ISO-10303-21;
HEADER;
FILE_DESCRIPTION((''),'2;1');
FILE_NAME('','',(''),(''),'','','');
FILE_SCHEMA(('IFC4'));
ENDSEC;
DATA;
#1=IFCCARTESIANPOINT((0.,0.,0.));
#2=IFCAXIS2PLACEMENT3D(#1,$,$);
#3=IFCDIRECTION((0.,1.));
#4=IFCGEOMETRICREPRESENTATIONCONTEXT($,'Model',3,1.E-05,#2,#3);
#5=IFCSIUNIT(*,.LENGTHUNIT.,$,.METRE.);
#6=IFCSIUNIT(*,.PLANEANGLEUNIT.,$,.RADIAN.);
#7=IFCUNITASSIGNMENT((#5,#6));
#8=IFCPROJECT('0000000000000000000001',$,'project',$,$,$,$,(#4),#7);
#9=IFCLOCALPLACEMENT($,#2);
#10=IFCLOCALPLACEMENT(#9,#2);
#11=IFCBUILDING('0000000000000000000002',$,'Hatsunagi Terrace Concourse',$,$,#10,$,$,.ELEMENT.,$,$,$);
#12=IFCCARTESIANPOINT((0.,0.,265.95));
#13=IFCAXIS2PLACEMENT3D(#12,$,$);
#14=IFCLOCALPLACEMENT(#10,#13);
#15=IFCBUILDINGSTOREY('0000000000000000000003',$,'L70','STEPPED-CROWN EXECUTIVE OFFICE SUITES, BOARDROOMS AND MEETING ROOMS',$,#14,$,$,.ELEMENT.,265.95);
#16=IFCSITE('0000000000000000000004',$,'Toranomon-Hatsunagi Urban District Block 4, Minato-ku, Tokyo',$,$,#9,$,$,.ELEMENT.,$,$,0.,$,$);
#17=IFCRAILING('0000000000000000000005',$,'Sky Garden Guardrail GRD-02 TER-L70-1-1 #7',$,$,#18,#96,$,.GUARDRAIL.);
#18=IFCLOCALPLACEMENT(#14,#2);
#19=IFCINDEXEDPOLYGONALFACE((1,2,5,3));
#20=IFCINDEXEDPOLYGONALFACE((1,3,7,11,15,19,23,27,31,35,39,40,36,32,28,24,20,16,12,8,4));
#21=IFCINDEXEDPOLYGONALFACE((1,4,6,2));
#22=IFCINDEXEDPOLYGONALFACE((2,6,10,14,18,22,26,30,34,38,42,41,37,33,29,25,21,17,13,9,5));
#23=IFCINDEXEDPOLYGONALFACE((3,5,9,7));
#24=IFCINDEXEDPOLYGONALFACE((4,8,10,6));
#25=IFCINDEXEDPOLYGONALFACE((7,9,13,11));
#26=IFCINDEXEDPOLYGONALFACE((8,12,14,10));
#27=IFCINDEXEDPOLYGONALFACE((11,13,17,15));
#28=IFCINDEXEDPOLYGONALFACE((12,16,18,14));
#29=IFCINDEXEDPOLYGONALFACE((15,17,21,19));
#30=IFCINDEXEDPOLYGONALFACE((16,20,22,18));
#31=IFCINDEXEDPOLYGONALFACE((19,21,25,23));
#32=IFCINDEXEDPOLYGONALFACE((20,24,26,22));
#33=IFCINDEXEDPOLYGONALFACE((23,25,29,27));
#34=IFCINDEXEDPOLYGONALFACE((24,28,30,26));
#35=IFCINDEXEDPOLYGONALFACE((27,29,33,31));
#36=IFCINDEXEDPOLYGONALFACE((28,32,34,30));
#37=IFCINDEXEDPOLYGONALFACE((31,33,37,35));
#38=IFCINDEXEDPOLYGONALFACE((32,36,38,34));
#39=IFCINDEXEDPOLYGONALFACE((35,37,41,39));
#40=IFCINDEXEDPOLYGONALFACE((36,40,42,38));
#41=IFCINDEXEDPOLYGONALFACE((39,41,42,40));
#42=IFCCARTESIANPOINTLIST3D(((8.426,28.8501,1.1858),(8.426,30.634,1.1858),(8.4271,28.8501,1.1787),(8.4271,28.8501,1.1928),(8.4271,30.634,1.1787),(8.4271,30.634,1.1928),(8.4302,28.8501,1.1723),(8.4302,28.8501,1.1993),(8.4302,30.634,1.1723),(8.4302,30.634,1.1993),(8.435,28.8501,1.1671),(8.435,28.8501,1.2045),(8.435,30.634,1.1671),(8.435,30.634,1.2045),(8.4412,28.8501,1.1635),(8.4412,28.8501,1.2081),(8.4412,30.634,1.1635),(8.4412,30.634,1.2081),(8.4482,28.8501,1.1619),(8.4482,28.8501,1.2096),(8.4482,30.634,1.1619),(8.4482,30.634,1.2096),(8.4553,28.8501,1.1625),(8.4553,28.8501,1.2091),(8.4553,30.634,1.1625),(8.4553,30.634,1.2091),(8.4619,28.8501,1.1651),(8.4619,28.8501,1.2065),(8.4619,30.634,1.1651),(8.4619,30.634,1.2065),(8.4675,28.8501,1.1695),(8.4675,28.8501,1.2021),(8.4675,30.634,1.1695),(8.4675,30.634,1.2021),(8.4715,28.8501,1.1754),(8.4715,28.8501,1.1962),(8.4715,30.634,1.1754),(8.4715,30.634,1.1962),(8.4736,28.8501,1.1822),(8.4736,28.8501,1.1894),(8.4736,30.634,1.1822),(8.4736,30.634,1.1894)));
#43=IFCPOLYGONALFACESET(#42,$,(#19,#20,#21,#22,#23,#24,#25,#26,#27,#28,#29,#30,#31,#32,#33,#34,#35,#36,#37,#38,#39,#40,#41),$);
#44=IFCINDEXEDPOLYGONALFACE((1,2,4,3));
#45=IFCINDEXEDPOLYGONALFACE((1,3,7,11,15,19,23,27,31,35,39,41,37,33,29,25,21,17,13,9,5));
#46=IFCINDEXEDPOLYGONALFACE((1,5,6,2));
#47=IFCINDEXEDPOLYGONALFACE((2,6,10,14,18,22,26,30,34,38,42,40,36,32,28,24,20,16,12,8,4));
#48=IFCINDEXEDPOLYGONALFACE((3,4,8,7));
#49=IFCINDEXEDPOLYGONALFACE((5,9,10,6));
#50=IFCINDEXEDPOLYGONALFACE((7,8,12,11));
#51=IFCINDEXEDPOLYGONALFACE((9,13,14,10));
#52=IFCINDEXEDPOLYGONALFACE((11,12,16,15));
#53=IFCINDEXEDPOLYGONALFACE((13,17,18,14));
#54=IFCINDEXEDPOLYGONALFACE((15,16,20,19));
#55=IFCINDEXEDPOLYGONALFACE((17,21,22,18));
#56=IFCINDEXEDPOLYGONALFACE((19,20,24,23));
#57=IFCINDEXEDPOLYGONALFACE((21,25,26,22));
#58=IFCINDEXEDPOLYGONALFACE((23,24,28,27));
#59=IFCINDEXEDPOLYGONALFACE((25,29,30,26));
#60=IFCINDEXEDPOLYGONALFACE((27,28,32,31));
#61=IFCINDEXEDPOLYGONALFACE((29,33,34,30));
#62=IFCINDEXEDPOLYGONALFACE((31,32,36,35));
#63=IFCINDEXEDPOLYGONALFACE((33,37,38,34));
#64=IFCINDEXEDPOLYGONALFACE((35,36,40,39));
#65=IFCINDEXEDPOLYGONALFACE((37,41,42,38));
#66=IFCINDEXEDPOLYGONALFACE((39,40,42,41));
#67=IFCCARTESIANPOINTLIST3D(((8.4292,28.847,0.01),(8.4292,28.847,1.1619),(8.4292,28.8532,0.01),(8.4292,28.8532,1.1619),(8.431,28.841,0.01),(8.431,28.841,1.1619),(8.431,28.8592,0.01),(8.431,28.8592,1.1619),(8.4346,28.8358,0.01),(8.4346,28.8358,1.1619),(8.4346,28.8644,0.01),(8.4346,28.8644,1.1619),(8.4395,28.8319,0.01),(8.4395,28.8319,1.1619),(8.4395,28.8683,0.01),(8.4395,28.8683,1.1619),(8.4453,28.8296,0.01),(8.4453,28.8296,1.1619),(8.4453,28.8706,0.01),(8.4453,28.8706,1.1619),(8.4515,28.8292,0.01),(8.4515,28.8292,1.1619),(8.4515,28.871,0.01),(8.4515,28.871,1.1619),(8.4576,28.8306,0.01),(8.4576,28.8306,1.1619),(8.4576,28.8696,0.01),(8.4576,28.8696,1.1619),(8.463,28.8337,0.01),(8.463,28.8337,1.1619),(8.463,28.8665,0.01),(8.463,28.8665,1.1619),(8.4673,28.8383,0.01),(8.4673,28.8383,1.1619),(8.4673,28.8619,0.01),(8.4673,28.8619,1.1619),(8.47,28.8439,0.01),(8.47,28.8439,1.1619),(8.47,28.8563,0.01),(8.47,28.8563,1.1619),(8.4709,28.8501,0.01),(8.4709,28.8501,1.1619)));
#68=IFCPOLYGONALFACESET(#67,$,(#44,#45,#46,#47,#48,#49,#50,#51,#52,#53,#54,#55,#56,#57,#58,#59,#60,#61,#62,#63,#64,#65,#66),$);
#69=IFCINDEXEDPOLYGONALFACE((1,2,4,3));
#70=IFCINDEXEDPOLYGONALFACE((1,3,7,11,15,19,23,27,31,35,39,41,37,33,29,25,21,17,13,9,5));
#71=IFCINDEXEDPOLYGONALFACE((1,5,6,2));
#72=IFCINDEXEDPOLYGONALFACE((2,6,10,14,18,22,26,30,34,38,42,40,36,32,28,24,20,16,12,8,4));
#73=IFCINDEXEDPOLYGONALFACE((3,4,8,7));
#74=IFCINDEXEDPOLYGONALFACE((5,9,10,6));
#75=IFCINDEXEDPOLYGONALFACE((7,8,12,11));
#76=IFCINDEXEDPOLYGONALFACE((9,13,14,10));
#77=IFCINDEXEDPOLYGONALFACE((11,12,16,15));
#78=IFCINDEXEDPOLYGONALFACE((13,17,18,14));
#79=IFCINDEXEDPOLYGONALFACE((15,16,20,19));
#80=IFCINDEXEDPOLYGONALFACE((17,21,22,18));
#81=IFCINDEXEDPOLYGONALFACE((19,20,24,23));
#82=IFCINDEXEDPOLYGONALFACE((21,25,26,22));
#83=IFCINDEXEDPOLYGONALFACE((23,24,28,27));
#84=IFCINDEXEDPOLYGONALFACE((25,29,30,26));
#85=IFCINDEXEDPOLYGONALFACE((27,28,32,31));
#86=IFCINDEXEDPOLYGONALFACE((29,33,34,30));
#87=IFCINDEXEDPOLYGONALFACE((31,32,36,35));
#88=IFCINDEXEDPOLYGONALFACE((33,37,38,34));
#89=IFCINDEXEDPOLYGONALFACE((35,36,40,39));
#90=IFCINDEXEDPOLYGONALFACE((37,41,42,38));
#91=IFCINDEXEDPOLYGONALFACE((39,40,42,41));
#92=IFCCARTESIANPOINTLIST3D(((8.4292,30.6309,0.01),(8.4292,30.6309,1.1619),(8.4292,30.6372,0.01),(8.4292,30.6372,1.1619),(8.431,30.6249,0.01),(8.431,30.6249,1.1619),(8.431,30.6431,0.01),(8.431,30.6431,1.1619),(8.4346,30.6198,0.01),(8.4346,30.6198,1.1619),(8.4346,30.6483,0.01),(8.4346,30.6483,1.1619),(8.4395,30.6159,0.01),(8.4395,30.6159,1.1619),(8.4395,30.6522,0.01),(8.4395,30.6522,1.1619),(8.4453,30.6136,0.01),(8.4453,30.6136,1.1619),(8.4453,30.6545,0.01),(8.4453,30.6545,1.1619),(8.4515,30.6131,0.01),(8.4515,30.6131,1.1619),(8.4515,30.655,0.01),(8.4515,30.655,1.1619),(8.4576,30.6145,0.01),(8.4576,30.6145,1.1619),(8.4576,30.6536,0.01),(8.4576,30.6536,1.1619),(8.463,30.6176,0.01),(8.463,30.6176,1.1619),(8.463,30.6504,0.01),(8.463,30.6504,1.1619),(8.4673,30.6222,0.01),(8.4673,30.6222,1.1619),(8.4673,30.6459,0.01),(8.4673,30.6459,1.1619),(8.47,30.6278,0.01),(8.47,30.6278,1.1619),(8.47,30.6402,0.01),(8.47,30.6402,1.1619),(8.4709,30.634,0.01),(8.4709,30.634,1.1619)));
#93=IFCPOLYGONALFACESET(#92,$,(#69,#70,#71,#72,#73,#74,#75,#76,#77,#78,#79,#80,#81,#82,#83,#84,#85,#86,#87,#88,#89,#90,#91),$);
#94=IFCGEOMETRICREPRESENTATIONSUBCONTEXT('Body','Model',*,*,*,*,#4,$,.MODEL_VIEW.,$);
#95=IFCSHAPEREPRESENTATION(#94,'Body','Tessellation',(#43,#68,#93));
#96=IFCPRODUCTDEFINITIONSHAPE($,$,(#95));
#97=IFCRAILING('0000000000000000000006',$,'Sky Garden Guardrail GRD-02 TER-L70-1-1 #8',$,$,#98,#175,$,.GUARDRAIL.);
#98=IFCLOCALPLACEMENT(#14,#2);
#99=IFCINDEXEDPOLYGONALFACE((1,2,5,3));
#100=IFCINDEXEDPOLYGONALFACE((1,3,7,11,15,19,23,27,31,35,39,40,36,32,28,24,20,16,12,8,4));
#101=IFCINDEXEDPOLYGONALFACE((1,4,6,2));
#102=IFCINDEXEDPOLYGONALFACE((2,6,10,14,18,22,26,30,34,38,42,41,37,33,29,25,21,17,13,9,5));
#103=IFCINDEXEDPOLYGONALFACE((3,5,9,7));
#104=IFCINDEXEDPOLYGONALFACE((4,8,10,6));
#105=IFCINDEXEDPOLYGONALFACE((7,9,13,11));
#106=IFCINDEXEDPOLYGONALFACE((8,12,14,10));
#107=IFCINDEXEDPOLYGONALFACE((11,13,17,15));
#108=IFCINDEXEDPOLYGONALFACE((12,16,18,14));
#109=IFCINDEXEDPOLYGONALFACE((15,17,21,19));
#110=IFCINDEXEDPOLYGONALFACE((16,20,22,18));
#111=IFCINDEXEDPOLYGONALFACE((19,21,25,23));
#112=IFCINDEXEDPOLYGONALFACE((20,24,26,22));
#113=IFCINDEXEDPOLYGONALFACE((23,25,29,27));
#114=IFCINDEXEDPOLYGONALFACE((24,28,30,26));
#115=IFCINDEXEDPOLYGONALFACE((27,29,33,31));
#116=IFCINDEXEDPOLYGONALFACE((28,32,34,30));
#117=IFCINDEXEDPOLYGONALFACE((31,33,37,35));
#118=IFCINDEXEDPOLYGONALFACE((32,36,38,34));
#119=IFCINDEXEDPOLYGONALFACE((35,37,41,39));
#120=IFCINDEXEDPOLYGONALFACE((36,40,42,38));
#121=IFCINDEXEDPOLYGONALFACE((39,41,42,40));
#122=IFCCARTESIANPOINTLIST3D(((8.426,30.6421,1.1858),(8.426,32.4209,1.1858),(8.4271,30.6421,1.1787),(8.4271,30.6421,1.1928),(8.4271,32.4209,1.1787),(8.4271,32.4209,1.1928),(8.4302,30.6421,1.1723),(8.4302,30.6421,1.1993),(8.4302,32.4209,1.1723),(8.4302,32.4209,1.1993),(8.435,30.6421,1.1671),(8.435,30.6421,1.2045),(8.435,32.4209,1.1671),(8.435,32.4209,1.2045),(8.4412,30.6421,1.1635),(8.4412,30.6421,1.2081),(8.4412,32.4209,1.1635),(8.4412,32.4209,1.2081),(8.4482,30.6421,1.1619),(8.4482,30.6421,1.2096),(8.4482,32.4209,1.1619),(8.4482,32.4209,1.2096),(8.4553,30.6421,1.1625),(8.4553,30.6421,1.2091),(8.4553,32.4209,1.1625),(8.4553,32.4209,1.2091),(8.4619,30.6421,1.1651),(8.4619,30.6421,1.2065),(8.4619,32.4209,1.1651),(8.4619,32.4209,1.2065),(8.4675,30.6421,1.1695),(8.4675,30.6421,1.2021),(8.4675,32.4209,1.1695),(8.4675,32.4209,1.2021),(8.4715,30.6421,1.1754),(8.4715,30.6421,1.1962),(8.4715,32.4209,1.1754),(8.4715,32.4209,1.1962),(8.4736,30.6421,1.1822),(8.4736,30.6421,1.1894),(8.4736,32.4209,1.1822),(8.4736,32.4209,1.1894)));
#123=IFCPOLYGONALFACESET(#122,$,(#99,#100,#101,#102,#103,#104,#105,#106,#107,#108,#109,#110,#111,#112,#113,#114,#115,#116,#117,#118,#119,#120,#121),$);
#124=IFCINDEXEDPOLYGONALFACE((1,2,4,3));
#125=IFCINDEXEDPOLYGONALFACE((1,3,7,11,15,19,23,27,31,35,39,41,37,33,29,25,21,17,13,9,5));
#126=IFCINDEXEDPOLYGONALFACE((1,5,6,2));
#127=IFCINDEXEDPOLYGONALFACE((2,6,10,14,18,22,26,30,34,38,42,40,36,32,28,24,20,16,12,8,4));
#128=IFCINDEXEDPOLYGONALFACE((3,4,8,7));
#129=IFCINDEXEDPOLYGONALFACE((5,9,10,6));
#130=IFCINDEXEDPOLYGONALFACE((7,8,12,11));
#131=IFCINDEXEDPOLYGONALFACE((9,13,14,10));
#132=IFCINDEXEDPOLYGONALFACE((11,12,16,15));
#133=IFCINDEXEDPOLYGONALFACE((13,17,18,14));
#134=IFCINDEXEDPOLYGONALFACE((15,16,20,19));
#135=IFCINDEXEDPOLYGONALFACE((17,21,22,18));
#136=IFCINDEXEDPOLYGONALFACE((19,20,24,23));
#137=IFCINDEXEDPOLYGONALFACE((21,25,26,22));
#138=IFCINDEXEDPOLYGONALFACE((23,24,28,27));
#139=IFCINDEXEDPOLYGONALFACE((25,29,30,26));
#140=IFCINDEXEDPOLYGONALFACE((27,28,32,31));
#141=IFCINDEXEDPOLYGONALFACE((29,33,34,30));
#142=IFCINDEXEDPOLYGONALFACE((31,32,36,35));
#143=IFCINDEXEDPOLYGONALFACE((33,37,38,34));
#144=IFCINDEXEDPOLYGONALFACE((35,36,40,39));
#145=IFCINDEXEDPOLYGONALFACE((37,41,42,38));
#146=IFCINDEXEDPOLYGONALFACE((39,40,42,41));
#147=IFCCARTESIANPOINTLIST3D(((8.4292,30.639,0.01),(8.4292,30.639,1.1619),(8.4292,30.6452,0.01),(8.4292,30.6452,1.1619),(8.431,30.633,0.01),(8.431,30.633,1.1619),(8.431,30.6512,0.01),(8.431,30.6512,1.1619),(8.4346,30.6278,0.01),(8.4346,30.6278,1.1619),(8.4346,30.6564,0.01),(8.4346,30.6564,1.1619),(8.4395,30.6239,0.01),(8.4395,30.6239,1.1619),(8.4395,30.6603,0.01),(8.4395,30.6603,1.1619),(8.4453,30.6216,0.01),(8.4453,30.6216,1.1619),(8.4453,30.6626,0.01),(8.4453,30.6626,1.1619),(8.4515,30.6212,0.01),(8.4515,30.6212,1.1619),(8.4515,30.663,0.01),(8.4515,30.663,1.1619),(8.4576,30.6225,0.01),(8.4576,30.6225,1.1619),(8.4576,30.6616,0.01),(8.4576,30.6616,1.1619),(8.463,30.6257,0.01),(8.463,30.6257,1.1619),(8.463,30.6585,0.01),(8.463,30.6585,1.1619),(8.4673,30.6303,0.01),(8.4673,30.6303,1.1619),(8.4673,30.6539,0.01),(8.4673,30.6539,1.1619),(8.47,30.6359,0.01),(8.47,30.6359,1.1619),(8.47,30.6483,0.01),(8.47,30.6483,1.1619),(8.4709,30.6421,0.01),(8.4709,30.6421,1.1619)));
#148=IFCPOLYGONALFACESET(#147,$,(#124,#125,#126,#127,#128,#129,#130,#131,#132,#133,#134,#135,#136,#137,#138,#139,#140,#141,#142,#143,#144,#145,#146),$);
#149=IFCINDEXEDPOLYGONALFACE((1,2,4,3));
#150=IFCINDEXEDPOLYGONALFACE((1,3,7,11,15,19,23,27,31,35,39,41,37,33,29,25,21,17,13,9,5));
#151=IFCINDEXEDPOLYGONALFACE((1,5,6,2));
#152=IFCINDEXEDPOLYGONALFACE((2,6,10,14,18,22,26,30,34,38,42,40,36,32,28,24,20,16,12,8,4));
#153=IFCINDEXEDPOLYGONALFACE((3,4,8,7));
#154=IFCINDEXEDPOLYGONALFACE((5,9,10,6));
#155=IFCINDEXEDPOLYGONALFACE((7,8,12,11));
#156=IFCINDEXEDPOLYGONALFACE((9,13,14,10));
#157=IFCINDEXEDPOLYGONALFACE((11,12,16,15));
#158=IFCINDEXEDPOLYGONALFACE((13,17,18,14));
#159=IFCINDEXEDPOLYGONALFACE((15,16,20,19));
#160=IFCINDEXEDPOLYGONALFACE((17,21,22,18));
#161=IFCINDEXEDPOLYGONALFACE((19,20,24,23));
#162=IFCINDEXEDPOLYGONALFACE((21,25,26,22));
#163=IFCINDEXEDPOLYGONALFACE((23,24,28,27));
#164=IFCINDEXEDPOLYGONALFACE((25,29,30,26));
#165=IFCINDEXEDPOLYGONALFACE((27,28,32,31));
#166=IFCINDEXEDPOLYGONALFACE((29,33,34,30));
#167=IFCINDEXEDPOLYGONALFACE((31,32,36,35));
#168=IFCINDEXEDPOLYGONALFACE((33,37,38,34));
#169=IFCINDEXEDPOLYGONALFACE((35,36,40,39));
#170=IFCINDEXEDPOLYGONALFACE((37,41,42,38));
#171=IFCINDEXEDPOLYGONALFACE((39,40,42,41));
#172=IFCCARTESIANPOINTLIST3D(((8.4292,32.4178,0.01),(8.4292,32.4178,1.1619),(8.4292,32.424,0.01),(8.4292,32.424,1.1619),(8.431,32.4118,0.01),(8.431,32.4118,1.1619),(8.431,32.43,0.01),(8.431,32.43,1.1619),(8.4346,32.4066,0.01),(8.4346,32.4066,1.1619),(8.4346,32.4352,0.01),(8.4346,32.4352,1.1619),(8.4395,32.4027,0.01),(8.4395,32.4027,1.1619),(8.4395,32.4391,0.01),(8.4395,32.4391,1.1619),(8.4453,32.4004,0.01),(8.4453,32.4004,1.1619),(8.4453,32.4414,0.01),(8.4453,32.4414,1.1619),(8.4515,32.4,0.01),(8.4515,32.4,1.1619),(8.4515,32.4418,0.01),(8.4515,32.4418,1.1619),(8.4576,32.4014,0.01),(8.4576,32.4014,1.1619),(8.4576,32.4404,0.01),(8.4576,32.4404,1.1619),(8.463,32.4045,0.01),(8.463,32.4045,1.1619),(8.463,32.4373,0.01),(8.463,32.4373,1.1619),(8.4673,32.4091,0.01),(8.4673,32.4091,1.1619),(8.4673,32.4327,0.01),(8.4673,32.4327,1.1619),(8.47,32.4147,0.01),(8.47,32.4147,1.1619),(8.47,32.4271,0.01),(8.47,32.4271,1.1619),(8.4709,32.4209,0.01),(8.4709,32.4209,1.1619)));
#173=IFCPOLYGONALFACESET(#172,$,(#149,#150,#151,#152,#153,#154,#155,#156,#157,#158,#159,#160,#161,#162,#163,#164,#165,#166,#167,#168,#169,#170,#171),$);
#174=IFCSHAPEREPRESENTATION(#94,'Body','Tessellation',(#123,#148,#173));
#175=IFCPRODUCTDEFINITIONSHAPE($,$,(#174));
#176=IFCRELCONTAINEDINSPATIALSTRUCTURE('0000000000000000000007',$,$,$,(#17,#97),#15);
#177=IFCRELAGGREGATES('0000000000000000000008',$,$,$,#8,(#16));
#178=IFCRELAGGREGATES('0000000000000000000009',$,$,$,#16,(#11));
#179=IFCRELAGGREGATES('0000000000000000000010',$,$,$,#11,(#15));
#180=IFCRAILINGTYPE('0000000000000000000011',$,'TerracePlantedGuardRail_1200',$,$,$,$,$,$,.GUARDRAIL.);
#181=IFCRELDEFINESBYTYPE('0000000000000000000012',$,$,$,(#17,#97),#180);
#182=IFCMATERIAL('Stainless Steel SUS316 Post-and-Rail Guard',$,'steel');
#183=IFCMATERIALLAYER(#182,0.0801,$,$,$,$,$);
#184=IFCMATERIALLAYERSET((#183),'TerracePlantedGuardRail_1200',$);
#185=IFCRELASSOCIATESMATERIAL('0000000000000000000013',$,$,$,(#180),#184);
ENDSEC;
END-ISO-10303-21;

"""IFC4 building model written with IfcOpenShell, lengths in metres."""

from ifc_helpers import new_model, si_unit, direction, frame, origin, origin_2d, place, context, subcontext, project, spatial, circle, extrude, material, layer, layer_set, type_object, element, save


model = new_model("IFC4")

# Units and contexts
model_context = context("Model", 3, precision=1e-05, world=origin(), true_north=direction((0.0, 1.0)))
body_context = subcontext(model_context, "Body", "Model", "MODEL_VIEW")
ifc_project = project(units=[si_unit("LENGTHUNIT", "METRE"), si_unit("PLANEANGLEUNIT", "RADIAN")], contexts=[model_context])

# Site, building, storey
site_placement = place(None, origin())
site = spatial("IfcSite", under=ifc_project, at=site_placement, Name="Toranomon-Hatsunagi Urban District Block 4, Minato-ku, Tokyo", CompositionType="ELEMENT", RefElevation=0.0)
building_placement = place(site_placement, origin())
building = spatial("IfcBuilding", under=site, at=building_placement, Name="Hatsunagi Terrace Concourse", CompositionType="ELEMENT")
storey_placement = place(building_placement, frame((0.0, 0.0, 265.95)))
storey = spatial("IfcBuildingStorey", under=building, at=storey_placement, Name="L70", Description="STEPPED-CROWN EXECUTIVE OFFICE SUITES, BOARDROOMS AND MEETING ROOMS", CompositionType="ELEMENT", Elevation=265.95)

# Railings
ifc_material_1 = material(Name="Stainless Steel SUS316 Post-and-Rail Guard", Category="steel")
ifc_layer_1 = layer(ifc_material_1, 0.0801)
ifc_layer_set_1 = layer_set([ifc_layer_1], Name="TerracePlantedGuardRail_1200")
railing_type = type_object("IfcRailingType", Name="TerracePlantedGuardRail_1200", PredefinedType="GUARDRAIL", material=ifc_layer_set_1)
railing_1_placement = place(storey_placement, frame((8.45, 28.8501, 0.01)))
element("IfcRailing", 1, at=railing_1_placement, inside=storey, type_object=railing_type, Name="Sky Garden Guardrail GRD-02 TER-L70-1-1 #7", PredefinedType="GUARDRAIL", context=body_context, shape_type="SweptSolid", body=[
    extrude(circle(Radius=0.0239, at=origin_2d()), frame((0.0, 0.0, 1.1758), z_axis=(0.0, 1.0, 0.0), x_axis=(-1.0, 0.0, 0.0)), (0.0, 0.0, 1.0), 1.7839),
    extrude(circle(Radius=0.021, at=origin_2d()), origin(), (0.0, 0.0, 1.0), 1.1519),
    extrude(circle(Radius=0.021, at=origin_2d()), frame((0.0, 1.7839, 0.0)), (0.0, 0.0, 1.0), 1.1519),
])
railing_2_placement = place(storey_placement, frame((8.45, 30.6421, 0.01)))
element("IfcRailing", 2, at=railing_2_placement, inside=storey, type_object=railing_type, Name="Sky Garden Guardrail GRD-02 TER-L70-1-1 #8", PredefinedType="GUARDRAIL", context=body_context, shape_type="SweptSolid", body=[
    extrude(circle(Radius=0.0239, at=origin_2d()), frame((0.0, 0.0, 1.1758), z_axis=(0.0, 1.0, 0.0), x_axis=(-1.0, 0.0, 0.0)), (0.0, 0.0, 1.0), 1.7788),
    extrude(circle(Radius=0.021, at=origin_2d()), origin(), (0.0, 0.0, 1.0), 1.1519),
    extrude(circle(Radius=0.021, at=origin_2d()), frame((0.0, 1.7788, 0.0)), (0.0, 0.0, 1.0), 1.1519),
])

save(model, "model.ifc")
